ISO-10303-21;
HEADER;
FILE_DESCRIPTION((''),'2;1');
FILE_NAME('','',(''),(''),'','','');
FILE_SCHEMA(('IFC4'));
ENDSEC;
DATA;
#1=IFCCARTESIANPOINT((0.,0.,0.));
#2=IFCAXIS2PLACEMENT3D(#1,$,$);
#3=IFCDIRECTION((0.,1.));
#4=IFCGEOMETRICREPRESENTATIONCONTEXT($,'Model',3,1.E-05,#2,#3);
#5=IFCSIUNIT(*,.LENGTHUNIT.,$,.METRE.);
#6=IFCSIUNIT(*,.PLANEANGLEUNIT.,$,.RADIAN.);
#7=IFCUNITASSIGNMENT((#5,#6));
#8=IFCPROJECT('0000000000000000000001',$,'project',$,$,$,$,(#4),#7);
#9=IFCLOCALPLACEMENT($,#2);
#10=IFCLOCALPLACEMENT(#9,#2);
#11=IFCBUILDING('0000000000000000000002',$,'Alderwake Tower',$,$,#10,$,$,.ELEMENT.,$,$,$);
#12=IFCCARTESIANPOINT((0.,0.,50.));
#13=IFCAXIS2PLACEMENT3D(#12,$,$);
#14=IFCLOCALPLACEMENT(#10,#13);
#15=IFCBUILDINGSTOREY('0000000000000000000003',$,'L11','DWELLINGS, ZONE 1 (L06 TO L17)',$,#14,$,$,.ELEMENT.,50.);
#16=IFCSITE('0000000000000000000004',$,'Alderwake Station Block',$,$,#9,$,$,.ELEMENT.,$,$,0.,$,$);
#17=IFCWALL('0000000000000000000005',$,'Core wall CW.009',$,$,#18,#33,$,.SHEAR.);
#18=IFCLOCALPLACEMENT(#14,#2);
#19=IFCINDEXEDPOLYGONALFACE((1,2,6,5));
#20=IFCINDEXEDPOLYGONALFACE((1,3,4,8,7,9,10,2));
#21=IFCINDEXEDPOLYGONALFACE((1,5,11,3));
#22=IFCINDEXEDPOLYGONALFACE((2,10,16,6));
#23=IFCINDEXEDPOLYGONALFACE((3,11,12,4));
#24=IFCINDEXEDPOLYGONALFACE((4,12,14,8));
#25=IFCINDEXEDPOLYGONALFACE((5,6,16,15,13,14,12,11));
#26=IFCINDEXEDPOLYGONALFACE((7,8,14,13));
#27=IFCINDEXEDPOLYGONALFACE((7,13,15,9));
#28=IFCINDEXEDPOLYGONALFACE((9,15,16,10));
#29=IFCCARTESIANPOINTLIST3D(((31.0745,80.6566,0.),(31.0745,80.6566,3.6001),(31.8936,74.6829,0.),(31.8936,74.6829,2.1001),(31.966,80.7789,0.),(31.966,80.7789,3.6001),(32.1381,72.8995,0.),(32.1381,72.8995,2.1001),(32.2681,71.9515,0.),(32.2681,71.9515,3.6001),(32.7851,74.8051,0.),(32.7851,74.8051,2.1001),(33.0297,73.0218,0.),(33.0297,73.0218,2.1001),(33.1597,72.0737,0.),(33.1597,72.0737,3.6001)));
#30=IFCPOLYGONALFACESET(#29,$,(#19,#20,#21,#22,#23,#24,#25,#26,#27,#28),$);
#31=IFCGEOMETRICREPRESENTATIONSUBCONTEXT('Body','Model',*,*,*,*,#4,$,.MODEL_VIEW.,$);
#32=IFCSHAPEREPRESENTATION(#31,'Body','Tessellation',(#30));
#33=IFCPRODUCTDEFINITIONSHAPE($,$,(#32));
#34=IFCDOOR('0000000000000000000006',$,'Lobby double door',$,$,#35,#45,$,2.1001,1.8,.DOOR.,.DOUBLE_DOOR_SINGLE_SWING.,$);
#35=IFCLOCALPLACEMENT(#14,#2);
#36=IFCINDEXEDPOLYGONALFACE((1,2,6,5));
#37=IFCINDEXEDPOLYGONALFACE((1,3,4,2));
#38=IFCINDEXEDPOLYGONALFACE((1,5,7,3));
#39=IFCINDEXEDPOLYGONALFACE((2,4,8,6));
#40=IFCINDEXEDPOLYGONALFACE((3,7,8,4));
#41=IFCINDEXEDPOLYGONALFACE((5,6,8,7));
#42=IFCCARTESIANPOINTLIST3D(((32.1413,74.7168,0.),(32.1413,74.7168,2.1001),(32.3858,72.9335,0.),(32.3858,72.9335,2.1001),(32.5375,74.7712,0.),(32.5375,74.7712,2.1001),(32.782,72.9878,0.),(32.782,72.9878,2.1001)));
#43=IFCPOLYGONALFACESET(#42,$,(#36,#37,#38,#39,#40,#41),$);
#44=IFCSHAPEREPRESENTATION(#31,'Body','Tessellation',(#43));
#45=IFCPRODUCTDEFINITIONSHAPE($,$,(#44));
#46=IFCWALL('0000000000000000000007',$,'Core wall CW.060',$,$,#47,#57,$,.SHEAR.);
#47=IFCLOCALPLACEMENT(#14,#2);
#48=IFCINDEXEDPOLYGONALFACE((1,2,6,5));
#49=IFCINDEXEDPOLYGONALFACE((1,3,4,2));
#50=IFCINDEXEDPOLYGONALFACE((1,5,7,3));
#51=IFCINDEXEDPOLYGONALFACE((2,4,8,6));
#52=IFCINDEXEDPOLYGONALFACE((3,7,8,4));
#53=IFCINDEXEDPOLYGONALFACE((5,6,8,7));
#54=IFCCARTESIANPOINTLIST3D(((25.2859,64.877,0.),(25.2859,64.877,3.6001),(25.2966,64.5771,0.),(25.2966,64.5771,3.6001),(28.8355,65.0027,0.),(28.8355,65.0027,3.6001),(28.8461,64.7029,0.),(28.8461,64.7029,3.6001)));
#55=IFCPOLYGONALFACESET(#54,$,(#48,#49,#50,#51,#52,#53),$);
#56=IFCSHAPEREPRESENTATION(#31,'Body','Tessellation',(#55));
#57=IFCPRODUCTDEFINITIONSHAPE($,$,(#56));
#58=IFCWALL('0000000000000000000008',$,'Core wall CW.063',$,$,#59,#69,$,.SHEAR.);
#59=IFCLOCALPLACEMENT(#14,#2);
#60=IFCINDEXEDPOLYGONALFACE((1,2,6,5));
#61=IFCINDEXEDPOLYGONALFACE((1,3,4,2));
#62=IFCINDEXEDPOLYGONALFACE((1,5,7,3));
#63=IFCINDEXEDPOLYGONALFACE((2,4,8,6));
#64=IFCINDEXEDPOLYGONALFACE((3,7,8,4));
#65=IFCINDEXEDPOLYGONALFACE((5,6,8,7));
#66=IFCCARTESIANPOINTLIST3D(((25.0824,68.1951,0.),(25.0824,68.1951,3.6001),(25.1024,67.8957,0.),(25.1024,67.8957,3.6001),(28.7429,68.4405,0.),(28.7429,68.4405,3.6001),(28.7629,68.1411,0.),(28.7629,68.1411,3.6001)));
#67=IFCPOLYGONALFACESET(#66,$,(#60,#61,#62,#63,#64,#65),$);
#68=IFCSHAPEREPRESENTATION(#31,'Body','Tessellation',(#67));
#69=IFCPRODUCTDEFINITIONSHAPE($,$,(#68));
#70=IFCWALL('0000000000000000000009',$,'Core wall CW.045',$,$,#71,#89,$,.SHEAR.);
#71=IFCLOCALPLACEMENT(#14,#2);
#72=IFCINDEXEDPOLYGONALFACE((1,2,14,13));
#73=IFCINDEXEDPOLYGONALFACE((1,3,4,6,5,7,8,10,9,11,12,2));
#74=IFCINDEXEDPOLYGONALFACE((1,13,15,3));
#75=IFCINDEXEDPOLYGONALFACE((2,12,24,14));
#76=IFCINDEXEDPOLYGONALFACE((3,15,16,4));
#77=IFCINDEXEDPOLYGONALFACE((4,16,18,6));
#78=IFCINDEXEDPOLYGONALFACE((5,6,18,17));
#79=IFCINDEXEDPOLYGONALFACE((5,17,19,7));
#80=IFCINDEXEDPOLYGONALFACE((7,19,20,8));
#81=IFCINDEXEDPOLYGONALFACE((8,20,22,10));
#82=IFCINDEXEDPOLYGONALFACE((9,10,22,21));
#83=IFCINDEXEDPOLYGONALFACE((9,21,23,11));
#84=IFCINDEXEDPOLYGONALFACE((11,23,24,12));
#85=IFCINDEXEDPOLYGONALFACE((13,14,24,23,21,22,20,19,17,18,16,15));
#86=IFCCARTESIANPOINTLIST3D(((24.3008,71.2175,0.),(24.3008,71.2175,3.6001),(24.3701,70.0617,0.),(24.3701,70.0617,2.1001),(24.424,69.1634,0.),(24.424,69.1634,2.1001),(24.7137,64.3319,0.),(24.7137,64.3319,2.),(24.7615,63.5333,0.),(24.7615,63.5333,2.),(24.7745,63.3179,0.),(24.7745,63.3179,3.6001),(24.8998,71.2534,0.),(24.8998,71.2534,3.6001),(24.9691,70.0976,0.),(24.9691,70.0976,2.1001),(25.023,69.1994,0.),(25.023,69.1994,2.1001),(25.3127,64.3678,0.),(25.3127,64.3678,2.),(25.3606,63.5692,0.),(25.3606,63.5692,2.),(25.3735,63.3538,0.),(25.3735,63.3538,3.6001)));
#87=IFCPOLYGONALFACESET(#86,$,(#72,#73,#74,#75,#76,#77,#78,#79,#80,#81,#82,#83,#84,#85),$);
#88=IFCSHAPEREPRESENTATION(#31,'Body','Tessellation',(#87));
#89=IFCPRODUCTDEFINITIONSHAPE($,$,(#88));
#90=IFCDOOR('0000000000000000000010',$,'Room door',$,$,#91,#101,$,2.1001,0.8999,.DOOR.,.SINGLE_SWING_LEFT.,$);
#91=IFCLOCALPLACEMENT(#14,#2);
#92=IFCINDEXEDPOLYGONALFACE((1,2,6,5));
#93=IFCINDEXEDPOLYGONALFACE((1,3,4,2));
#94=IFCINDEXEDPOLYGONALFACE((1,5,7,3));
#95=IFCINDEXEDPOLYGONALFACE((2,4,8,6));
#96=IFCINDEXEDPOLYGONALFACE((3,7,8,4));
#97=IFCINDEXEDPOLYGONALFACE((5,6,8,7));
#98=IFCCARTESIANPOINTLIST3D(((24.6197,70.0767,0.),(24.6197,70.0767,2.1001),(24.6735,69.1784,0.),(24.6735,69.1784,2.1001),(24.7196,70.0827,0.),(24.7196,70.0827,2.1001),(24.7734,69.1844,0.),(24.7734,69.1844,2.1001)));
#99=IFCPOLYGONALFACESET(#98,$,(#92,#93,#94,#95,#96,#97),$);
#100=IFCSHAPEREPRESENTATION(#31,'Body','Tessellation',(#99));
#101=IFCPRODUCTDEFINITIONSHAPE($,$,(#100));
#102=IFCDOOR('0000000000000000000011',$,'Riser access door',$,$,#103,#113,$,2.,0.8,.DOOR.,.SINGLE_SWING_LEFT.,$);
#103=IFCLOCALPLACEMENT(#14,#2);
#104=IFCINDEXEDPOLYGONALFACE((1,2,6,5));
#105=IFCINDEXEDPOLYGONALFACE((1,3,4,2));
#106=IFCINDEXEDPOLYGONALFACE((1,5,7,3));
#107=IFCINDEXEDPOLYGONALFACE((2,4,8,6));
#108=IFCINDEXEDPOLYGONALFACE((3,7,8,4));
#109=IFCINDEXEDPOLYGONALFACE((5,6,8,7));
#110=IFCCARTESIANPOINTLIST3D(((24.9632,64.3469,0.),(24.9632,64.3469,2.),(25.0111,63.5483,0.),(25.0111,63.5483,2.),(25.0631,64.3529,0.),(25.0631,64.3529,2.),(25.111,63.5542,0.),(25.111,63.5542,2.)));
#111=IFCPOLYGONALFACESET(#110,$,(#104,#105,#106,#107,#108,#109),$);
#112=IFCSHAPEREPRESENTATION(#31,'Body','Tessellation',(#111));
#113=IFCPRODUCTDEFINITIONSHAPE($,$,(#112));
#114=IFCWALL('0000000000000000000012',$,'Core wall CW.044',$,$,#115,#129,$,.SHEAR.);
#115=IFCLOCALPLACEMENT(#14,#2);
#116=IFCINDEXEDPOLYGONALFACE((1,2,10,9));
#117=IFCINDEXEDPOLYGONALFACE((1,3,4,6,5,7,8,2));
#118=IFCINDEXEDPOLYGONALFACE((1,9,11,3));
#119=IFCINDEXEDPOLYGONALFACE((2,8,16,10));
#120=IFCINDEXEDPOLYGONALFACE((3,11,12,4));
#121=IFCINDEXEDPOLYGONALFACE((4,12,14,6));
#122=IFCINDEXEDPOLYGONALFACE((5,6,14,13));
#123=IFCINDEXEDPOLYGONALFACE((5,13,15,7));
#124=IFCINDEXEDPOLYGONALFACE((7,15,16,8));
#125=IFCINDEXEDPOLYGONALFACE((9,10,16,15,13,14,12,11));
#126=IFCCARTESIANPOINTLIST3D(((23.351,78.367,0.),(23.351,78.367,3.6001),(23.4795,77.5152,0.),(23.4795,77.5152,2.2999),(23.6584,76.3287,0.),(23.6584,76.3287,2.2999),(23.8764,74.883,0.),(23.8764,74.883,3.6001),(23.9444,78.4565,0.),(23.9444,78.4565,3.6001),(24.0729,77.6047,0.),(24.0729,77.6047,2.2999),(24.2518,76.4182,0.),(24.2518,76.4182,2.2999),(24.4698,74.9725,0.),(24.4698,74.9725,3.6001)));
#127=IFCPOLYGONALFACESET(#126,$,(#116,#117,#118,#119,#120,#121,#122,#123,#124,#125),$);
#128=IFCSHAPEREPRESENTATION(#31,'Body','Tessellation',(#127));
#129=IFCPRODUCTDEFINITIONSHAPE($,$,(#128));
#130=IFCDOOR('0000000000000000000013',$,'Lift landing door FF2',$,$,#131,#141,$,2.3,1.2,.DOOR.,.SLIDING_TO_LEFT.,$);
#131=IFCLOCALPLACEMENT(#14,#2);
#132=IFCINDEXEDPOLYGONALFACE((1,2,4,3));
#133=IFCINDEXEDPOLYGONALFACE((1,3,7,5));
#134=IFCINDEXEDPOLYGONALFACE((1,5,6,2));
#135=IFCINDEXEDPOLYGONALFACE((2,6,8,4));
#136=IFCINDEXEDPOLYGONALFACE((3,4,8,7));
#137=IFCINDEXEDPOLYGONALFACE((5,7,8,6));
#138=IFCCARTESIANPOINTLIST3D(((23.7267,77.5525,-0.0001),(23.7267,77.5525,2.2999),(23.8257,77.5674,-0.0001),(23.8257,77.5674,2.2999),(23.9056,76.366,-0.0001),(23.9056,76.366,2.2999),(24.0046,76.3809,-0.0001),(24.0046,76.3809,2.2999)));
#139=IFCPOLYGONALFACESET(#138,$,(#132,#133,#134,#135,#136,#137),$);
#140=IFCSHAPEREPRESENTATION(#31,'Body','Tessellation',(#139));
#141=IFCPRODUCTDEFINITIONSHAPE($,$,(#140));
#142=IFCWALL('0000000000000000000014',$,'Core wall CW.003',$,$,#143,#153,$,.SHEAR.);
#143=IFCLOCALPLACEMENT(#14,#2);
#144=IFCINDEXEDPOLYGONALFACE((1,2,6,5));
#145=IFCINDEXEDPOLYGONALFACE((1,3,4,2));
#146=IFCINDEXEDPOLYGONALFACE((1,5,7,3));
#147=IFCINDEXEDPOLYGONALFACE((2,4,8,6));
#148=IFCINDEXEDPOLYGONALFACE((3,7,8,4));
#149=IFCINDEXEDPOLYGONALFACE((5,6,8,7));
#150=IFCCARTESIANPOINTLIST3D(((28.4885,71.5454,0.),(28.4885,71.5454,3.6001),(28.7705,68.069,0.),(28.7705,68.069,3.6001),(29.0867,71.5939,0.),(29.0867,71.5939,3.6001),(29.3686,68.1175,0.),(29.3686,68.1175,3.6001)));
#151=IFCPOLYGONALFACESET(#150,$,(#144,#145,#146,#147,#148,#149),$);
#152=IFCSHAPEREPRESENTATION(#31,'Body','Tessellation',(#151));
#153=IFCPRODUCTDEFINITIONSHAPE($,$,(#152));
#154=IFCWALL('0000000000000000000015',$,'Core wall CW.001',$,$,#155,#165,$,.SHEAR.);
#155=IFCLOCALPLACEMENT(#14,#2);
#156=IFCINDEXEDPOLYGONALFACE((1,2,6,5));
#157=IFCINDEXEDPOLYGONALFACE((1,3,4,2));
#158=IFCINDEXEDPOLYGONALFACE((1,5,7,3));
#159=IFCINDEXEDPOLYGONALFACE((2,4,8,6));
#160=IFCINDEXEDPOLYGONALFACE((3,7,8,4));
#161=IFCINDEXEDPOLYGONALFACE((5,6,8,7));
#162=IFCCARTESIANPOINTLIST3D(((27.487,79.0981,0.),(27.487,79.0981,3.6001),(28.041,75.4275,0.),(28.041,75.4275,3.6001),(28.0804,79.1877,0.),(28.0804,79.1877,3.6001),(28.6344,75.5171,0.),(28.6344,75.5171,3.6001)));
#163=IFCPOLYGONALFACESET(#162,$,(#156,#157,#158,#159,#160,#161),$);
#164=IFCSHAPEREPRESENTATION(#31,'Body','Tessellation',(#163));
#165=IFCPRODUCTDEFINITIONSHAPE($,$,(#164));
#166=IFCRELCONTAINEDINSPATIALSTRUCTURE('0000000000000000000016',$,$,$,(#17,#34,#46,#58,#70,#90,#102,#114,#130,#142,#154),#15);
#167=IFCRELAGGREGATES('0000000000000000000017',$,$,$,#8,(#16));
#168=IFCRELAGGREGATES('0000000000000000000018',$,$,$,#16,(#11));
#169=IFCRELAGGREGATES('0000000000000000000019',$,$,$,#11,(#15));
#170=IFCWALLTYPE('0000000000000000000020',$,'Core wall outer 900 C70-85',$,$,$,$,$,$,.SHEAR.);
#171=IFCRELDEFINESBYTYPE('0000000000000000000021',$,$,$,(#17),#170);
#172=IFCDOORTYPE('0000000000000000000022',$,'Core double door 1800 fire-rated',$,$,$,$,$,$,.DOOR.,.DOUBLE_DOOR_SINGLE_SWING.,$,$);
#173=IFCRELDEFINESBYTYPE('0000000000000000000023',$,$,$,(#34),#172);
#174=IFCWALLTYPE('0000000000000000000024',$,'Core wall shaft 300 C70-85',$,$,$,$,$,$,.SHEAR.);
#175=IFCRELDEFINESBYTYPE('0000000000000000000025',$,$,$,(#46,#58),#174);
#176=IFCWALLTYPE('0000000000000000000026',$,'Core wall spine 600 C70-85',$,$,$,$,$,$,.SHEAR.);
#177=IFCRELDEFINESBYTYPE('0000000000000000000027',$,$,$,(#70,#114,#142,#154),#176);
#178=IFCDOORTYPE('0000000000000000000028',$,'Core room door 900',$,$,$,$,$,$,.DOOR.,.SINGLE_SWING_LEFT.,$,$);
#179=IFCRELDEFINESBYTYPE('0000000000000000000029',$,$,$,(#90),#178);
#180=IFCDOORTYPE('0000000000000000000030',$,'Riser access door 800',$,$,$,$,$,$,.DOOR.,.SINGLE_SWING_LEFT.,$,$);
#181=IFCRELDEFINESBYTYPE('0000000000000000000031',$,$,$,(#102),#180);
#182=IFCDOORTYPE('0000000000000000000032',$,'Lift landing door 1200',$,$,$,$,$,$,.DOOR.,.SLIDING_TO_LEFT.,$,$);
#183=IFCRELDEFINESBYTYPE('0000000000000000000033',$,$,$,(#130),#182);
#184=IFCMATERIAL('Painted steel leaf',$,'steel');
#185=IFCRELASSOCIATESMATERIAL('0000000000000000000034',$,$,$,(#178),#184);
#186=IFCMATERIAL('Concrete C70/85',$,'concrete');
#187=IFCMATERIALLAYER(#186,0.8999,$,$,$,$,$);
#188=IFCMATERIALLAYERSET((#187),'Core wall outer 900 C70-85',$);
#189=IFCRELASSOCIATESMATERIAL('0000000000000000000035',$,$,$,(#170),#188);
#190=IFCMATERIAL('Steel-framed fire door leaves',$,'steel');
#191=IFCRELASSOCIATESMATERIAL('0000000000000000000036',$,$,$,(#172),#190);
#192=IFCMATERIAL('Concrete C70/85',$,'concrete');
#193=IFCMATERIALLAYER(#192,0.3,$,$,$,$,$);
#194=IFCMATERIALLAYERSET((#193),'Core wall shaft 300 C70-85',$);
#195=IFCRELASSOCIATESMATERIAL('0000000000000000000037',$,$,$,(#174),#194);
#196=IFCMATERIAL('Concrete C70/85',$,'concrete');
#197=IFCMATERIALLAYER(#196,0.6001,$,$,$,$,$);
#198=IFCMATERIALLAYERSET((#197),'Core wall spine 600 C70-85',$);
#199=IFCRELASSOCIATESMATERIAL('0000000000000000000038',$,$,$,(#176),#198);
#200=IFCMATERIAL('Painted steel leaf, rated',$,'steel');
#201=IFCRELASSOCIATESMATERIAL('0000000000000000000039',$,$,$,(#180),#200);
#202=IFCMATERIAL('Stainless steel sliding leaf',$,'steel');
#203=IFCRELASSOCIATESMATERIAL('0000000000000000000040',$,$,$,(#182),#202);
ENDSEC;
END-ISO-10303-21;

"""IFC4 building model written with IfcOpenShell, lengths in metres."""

from ifc_helpers import new_model, si_unit, direction, frame, frame_2d, origin, place, context, subcontext, project, spatial, rectangle, extrude, material, layer, layer_set, type_object, element, fill, save


model = new_model("IFC4")

# Units and contexts
model_context = context("Model", 3, precision=1e-05, world=origin(), true_north=direction((0.0, 1.0)))
body_context = subcontext(model_context, "Body", "Model", "MODEL_VIEW")
ifc_project = project(units=[si_unit("LENGTHUNIT", "METRE"), si_unit("PLANEANGLEUNIT", "RADIAN")], contexts=[model_context])

# Site, building, storey
site_placement = place(None, origin())
site = spatial("IfcSite", under=ifc_project, at=site_placement, Name="Alderwake Station Block", CompositionType="ELEMENT", RefElevation=0.0)
building_placement = place(site_placement, origin())
building = spatial("IfcBuilding", under=site, at=building_placement, Name="Alderwake Tower", CompositionType="ELEMENT")
storey_placement = place(building_placement, frame((0.0, 0.0, 50.0)))
storey = spatial("IfcBuildingStorey", under=building, at=storey_placement, Name="L11", Description="DWELLINGS, ZONE 1 (L06 TO L17)", CompositionType="ELEMENT", Elevation=50.0)

# Shared definitions
ifc_material_1 = material(Name="Painted steel leaf", Category="steel")
door_type_1 = type_object("IfcDoorType", Name="Core room door 900", OperationType="SINGLE_SWING_LEFT", PredefinedType="DOOR", material=ifc_material_1)

# Shared definitions
ifc_material_2 = material(Name="Concrete C70/85", Category="concrete")
ifc_layer_1 = layer(ifc_material_2, 0.8999)
ifc_layer_set_1 = layer_set([ifc_layer_1], Name="Core wall outer 900 C70-85")
wall_type_1 = type_object("IfcWallType", Name="Core wall outer 900 C70-85", PredefinedType="SHEAR", material=ifc_layer_set_1)

# Wall, opening, door
wall_1_placement = place(storey_placement, frame((31.5203, 80.7178, 0.0), z_axis=(0.0, 0.0, 1.0), x_axis=(0.135845, -0.99073, 0.0)))
wall_1 = element("IfcWall", 1, at=wall_1_placement, inside=storey, type_object=wall_type_1, Name="Core wall CW.009", PredefinedType="SHEAR", context=body_context, shape_type="SweptSolid", body=[
    extrude(rectangle(XDim=8.7866, YDim=0.8999, at=frame_2d((4.3933, 0.0))), origin(), (0.0, 0.0, 1.0), 3.6001),
])
opening_1_placement = place(wall_1_placement, frame((6.0298, 0.0, 0.0)))
opening_1 = element("IfcOpeningElement", 2, at=opening_1_placement, cuts=wall_1, PredefinedType="OPENING", context=body_context, shape_type="SweptSolid", body=[
    extrude(rectangle(XDim=1.8, YDim=2.1001, at=frame_2d((0.8999, 1.05))), frame((0.0, 0.46, 0.0), z_axis=(0.0, -1.0, 0.0), x_axis=(1.0, 0.0, 0.0)), (0.0, 0.0, 1.0), 0.9199),
])
ifc_material_3 = material(Name="Steel-framed fire door leaves", Category="steel")
door_type_2 = type_object("IfcDoorType", Name="Core double door 1800 fire-rated", OperationType="DOUBLE_DOOR_SINGLE_SWING", PredefinedType="DOOR", material=ifc_material_3)
door_1_placement = place(opening_1_placement, origin())
door_1 = element("IfcDoor", 3, at=door_1_placement, inside=storey, type_object=door_type_2, Name="Lobby double door", OperationType="DOUBLE_DOOR_SINGLE_SWING", OverallHeight=2.1001, OverallWidth=1.8, PredefinedType="DOOR", context=body_context, shape_type="SweptSolid", body=[
    extrude(rectangle(XDim=1.8, YDim=2.1001, at=frame_2d((0.8999, 1.05))), frame((0.0, 0.2, 0.0), z_axis=(0.0, -1.0, 0.0), x_axis=(1.0, 0.0, 0.0)), (0.0, 0.0, 1.0), 0.3999),
])
fill(opening_1, door_1)

# Walls
ifc_material_4 = material(Name="Concrete C70/85", Category="concrete")
ifc_layer_2 = layer(ifc_material_4, 0.3)
ifc_layer_set_2 = layer_set([ifc_layer_2], Name="Core wall shaft 300 C70-85")
wall_type_2 = type_object("IfcWallType", Name="Core wall shaft 300 C70-85", PredefinedType="SHEAR", material=ifc_layer_set_2)
wall_2_placement = place(storey_placement, frame((25.2913, 64.7271, 0.0), z_axis=(0.0, 0.0, 1.0), x_axis=(0.999373, 0.0354, 0.0)))
element("IfcWall", 4, at=wall_2_placement, inside=storey, type_object=wall_type_2, Name="Core wall CW.060", PredefinedType="SHEAR", context=body_context, shape_type="SweptSolid", body=[
    extrude(rectangle(XDim=3.5518, YDim=0.3, at=frame_2d((1.7759, 0.0))), origin(), (0.0, 0.0, 1.0), 3.6001),
])
wall_3_placement = place(storey_placement, frame((25.0923, 68.0454, 0.0), z_axis=(0.0, 0.0, 1.0), x_axis=(0.997761, 0.066881, 0.0)))
element("IfcWall", 5, at=wall_3_placement, inside=storey, type_object=wall_type_2, Name="Core wall CW.063", PredefinedType="SHEAR", context=body_context, shape_type="SweptSolid", body=[
    extrude(rectangle(XDim=3.6687, YDim=0.3, at=frame_2d((1.8345, 0.0))), origin(), (0.0, 0.0, 1.0), 3.6001),
])

# Wall, openings, doors
ifc_material_5 = material(Name="Concrete C70/85", Category="concrete")
ifc_layer_3 = layer(ifc_material_5, 0.6001)
ifc_layer_set_3 = layer_set([ifc_layer_3], Name="Core wall spine 600 C70-85")
wall_type_3 = type_object("IfcWallType", Name="Core wall spine 600 C70-85", PredefinedType="SHEAR", material=ifc_layer_set_3)
wall_4_placement = place(storey_placement, frame((25.074, 63.3357, 0.0), z_axis=(0.0, 0.0, 1.0), x_axis=(-0.059849, 0.998207, 0.0)))
wall_4 = element("IfcWall", 6, at=wall_4_placement, inside=storey, type_object=wall_type_3, Name="Core wall CW.045", PredefinedType="SHEAR", context=body_context, shape_type="SweptSolid", body=[
    extrude(rectangle(XDim=7.9138, YDim=0.6001, at=frame_2d((3.957, 0.0))), origin(), (0.0, 0.0, 1.0), 3.6001),
])
opening_2_placement = place(wall_4_placement, frame((0.2161, 0.0, 0.0)))
opening_2 = element("IfcOpeningElement", 7, at=opening_2_placement, cuts=wall_4, PredefinedType="OPENING", context=body_context, shape_type="SweptSolid", body=[
    extrude(rectangle(XDim=0.8, YDim=2.0, at=frame_2d((0.3999, 1.0))), frame((0.0, 0.3101, 0.0), z_axis=(0.0, -1.0, 0.0), x_axis=(1.0, 0.0, 0.0)), (0.0, 0.0, 1.0), 0.6201),
])
opening_3_placement = place(wall_4_placement, frame((5.8562, 0.0, 0.0)))
opening_3 = element("IfcOpeningElement", 8, at=opening_3_placement, cuts=wall_4, PredefinedType="OPENING", context=body_context, shape_type="SweptSolid", body=[
    extrude(rectangle(XDim=0.8999, YDim=2.1001, at=frame_2d((0.45, 1.05))), frame((0.0, 0.3101, 0.0), z_axis=(0.0, -1.0, 0.0), x_axis=(1.0, 0.0, 0.0)), (0.0, 0.0, 1.0), 0.6201),
])
door_2_placement = place(opening_3_placement, origin())
door_2 = element("IfcDoor", 9, at=door_2_placement, inside=storey, type_object=door_type_1, Name="Room door", OperationType="SINGLE_SWING_LEFT", OverallHeight=2.1001, OverallWidth=0.8999, PredefinedType="DOOR", context=body_context, shape_type="SweptSolid", body=[
    extrude(rectangle(XDim=0.8999, YDim=2.1001, at=frame_2d((0.45, 1.05))), frame((0.0, 0.05, 0.0), z_axis=(0.0, -1.0, 0.0), x_axis=(1.0, 0.0, 0.0)), (0.0, 0.0, 1.0), 0.1001),
])
fill(opening_3, door_2)
ifc_material_6 = material(Name="Painted steel leaf, rated", Category="steel")
door_type_3 = type_object("IfcDoorType", Name="Riser access door 800", OperationType="SINGLE_SWING_LEFT", PredefinedType="DOOR", material=ifc_material_6)
door_3_placement = place(opening_2_placement, origin())
door_3 = element("IfcDoor", 10, at=door_3_placement, inside=storey, type_object=door_type_3, Name="Riser access door", OperationType="SINGLE_SWING_LEFT", OverallHeight=2.0, OverallWidth=0.8, PredefinedType="DOOR", context=body_context, shape_type="SweptSolid", body=[
    extrude(rectangle(XDim=0.8, YDim=2.0, at=frame_2d((0.3999, 1.0))), frame((0.0, 0.05, 0.0), z_axis=(0.0, -1.0, 0.0), x_axis=(1.0, 0.0, 0.0)), (0.0, 0.0, 1.0), 0.1001),
])
fill(opening_2, door_3)

# Wall, opening, door
wall_5_placement = place(storey_placement, frame((24.1731, 74.9277, 0.0), z_axis=(0.0, 0.0, 1.0), x_axis=(-0.14911, 0.988821, 0.0)))
wall_5 = element("IfcWall", 11, at=wall_5_placement, inside=storey, type_object=wall_type_3, Name="Core wall CW.044", PredefinedType="SHEAR", context=body_context, shape_type="SweptSolid", body=[
    extrude(rectangle(XDim=3.5234, YDim=0.6001, at=frame_2d((1.7617, 0.0))), origin(), (0.0, 0.0, 1.0), 3.6001),
])
opening_4_placement = place(wall_5_placement, frame((1.4619, 0.0, 0.0)))
opening_4 = element("IfcOpeningElement", 12, at=opening_4_placement, cuts=wall_5, PredefinedType="OPENING", context=body_context, shape_type="SweptSolid", body=[
    extrude(rectangle(XDim=1.2, YDim=2.3, at=frame_2d((0.6001, 1.1499))), frame((0.0, 0.3101, 0.0), z_axis=(0.0, -1.0, 0.0), x_axis=(1.0, 0.0, 0.0)), (0.0, 0.0, 1.0), 0.6201),
])
ifc_material_7 = material(Name="Stainless steel sliding leaf", Category="steel")
door_type_4 = type_object("IfcDoorType", Name="Lift landing door 1200", OperationType="SLIDING_TO_LEFT", PredefinedType="DOOR", material=ifc_material_7)
door_4_placement = place(opening_4_placement, origin())
door_4 = element("IfcDoor", 13, at=door_4_placement, inside=storey, type_object=door_type_4, Name="Lift landing door FF2", OperationType="SLIDING_TO_LEFT", OverallHeight=2.3, OverallWidth=1.2, PredefinedType="DOOR", context=body_context, shape_type="SweptSolid", body=[
    extrude(rectangle(XDim=1.2, YDim=2.3, at=frame_2d((0.6001, 1.1499))), frame((0.0, 0.05, 0.0), z_axis=(0.0, -1.0, 0.0), x_axis=(1.0, 0.0, 0.0)), (0.0, 0.0, 1.0), 0.1001),
])
fill(opening_4, door_4)

# Walls
wall_6_placement = place(storey_placement, frame((29.0696, 68.0933, 0.0), z_axis=(0.0, 0.0, 1.0), x_axis=(-0.08085, 0.996726, 0.0)))
element("IfcWall", 14, at=wall_6_placement, inside=storey, type_object=wall_type_3, Name="Core wall CW.003", PredefinedType="SHEAR", context=body_context, shape_type="SweptSolid", body=[
    extrude(rectangle(XDim=3.4878, YDim=0.6001, at=frame_2d((1.7439, 0.0))), origin(), (0.0, 0.0, 1.0), 3.6001),
])
wall_7_placement = place(storey_placement, frame((28.3376, 75.4724, 0.0), z_axis=(0.0, 0.0, 1.0), x_axis=(-0.149225, 0.988803, 0.0)))
element("IfcWall", 15, at=wall_7_placement, inside=storey, type_object=wall_type_3, Name="Core wall CW.001", PredefinedType="SHEAR", context=body_context, shape_type="SweptSolid", body=[
    extrude(rectangle(XDim=3.7122, YDim=0.6001, at=frame_2d((1.856, 0.0))), origin(), (0.0, 0.0, 1.0), 3.6001),
])

save(model, "model.ifc")
